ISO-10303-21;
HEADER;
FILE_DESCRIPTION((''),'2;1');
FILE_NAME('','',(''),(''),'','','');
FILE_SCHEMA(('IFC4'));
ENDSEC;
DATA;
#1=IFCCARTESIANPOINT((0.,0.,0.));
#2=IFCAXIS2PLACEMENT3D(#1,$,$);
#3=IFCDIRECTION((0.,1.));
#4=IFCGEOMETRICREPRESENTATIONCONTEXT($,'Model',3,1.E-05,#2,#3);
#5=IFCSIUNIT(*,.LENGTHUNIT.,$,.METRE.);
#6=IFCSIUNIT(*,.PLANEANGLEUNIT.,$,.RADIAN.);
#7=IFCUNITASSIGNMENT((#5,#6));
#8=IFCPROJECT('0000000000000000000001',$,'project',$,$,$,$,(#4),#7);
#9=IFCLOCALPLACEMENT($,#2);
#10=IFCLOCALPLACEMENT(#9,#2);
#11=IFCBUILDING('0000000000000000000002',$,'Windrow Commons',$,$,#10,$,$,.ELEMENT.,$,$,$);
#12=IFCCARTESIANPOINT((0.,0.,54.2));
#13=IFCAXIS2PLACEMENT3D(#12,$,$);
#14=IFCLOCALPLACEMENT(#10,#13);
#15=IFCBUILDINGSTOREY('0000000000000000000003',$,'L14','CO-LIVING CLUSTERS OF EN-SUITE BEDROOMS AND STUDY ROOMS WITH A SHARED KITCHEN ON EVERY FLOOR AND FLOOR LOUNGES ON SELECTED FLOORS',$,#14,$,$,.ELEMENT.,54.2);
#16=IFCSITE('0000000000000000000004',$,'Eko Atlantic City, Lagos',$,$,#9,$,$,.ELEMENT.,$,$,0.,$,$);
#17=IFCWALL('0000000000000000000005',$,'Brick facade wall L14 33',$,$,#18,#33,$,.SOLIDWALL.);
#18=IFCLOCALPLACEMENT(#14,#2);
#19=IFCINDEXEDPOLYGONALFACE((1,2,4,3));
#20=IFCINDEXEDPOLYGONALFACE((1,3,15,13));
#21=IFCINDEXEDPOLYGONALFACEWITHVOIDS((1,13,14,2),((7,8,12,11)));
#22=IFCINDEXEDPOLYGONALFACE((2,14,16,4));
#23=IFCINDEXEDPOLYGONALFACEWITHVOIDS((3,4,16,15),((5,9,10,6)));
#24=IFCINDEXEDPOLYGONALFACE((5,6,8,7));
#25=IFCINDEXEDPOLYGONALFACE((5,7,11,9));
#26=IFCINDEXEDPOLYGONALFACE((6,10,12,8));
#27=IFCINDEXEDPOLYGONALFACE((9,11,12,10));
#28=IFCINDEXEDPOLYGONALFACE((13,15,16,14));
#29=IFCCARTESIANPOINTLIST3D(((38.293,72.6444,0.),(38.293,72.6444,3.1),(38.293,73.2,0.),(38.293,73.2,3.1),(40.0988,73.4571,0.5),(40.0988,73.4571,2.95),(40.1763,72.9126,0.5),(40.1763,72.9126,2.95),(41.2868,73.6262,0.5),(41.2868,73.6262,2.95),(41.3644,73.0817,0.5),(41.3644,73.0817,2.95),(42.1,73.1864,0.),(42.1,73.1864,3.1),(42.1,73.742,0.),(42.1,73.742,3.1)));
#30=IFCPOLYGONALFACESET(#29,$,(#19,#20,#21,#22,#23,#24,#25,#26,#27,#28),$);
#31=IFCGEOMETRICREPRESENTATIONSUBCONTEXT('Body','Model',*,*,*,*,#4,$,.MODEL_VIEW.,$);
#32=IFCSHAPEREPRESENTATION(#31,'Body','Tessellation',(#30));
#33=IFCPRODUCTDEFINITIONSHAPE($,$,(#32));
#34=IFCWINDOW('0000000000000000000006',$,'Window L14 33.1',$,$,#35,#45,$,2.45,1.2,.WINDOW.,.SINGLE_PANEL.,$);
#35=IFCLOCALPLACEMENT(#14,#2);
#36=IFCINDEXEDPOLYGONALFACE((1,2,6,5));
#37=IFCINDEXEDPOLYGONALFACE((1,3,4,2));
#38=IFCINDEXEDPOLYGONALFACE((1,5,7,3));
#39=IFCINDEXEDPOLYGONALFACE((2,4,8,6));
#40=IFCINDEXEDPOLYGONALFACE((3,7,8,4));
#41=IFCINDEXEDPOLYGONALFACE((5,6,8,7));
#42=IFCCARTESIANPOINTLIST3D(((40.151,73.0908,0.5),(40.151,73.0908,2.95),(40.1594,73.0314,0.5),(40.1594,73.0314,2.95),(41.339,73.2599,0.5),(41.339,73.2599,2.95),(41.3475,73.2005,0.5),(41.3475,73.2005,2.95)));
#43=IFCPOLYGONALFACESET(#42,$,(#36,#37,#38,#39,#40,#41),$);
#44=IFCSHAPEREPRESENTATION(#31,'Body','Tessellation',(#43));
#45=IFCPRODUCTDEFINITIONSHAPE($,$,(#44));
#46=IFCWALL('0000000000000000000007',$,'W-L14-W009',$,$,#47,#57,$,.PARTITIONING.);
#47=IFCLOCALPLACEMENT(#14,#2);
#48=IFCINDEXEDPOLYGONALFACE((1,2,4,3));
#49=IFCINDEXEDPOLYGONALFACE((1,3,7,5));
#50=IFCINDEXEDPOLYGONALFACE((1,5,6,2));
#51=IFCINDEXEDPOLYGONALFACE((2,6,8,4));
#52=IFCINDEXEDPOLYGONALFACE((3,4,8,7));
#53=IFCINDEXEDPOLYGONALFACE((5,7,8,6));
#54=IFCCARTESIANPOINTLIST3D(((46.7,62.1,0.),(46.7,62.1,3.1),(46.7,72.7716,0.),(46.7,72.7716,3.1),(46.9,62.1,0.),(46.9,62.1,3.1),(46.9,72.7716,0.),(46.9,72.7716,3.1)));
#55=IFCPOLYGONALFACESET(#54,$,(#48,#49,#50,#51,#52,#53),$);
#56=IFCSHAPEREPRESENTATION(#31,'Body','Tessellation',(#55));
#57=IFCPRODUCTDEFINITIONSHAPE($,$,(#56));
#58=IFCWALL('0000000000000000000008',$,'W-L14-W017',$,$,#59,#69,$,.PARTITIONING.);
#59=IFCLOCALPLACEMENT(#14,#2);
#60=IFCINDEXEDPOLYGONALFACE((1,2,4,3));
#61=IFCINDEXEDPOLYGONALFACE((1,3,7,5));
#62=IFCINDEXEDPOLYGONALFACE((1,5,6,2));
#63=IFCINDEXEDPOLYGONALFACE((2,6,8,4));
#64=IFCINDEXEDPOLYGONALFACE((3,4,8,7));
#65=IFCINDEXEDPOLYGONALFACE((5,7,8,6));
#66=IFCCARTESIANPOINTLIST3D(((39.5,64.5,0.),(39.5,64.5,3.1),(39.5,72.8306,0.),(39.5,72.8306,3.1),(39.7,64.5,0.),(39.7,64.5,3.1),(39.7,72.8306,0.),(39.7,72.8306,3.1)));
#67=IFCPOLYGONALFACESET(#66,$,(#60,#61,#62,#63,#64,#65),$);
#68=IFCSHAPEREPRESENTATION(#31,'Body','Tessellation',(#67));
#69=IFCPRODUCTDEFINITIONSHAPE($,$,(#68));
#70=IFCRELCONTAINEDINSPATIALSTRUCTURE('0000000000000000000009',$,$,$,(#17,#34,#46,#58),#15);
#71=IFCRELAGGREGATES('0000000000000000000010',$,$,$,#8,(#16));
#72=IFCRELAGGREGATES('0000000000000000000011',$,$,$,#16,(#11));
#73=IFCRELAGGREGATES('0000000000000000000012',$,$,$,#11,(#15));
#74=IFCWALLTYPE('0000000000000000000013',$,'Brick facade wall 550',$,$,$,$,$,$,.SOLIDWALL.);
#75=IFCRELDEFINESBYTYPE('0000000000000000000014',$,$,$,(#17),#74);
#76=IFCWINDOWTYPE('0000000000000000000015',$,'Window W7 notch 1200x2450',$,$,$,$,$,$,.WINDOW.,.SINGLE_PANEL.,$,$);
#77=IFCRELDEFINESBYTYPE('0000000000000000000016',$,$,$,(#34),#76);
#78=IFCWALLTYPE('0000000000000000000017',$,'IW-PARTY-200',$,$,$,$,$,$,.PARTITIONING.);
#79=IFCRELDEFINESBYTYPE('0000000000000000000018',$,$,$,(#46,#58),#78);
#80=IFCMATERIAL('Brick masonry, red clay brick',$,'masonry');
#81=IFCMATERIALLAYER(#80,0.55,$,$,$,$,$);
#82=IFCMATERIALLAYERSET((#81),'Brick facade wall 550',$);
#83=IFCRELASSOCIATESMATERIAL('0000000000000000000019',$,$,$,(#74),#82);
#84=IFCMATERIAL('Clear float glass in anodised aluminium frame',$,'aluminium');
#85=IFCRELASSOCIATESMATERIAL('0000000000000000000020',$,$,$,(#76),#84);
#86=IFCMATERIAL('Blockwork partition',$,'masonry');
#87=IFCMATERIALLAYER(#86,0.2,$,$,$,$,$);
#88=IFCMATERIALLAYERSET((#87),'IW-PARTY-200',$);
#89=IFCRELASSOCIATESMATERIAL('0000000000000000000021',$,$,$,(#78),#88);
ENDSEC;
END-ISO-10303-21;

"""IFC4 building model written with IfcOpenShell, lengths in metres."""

from ifc_helpers import new_model, si_unit, direction, frame, frame_2d, origin, place, context, subcontext, project, spatial, polyline, rectangle, outline, extrude, material, layer, layer_set, type_object, element, fill, save


model = new_model("IFC4")

# Units and contexts
model_context = context("Model", 3, precision=1e-05, world=origin(), true_north=direction((0.0, 1.0)))
body_context = subcontext(model_context, "Body", "Model", "MODEL_VIEW")
ifc_project = project(units=[si_unit("LENGTHUNIT", "METRE"), si_unit("PLANEANGLEUNIT", "RADIAN")], contexts=[model_context])

# Site, building, storey
site_placement = place(None, origin())
site = spatial("IfcSite", under=ifc_project, at=site_placement, Name="Eko Atlantic City, Lagos", CompositionType="ELEMENT", RefElevation=0.0)
building_placement = place(site_placement, origin())
building = spatial("IfcBuilding", under=site, at=building_placement, Name="Windrow Commons", CompositionType="ELEMENT")
storey_placement = place(building_placement, frame((0.0, 0.0, 54.2)))
storey = spatial("IfcBuildingStorey", under=building, at=storey_placement, Name="L14", Description="CO-LIVING CLUSTERS OF EN-SUITE BEDROOMS AND STUDY ROOMS WITH A SHARED KITCHEN ON EVERY FLOOR AND FLOOR LOUNGES ON SELECTED FLOORS", CompositionType="ELEMENT", Elevation=54.2)

# Wall, opening, window
ifc_material_1 = material(Name="Brick masonry, red clay brick", Category="masonry")
ifc_layer_1 = layer(ifc_material_1, 0.55)
ifc_layer_set_1 = layer_set([ifc_layer_1], Name="Brick facade wall 550")
wall_type_1 = type_object("IfcWallType", Name="Brick facade wall 550", PredefinedType="SOLIDWALL", material=ifc_layer_set_1)
ifc_material_2 = material(Name="Clear float glass in anodised aluminium frame", Category="aluminium")
window_type = type_object("IfcWindowType", Name="Window W7 notch 1200x2450", PartitioningType="SINGLE_PANEL", PredefinedType="WINDOW", material=ifc_material_2)
wall_1_placement = place(storey_placement, frame((42.1, 73.4642, 0.0), z_axis=(0.0, 0.0, 1.0), x_axis=(-0.990017, -0.140948, 0.0)))
wall_1 = element("IfcWall", 1, at=wall_1_placement, inside=storey, type_object=wall_type_1, Name="Brick facade wall L14 33", PredefinedType="SOLIDWALL", context=body_context, shape_type="SweptSolid", body=[
    extrude(outline(polyline([(-0.0392, -0.275), (3.8062, -0.275), (3.8845, 0.275), (0.0392, 0.275), (-0.0392, -0.275)])), origin(), (0.0, 0.0, 1.0), 3.1),
])
opening_1_placement = place(wall_1_placement, frame((0.7822, 0.0, 0.5)))
opening_1 = element("IfcOpeningElement", 2, at=opening_1_placement, cuts=wall_1, PredefinedType="OPENING", context=body_context, shape_type="SweptSolid", body=[
    extrude(rectangle(XDim=1.2, YDim=2.45, at=frame_2d((0.6, 1.225))), frame((0.0, 0.285, 0.0), z_axis=(0.0, -1.0, 0.0), x_axis=(1.0, 0.0, 0.0)), (0.0, 0.0, 1.0), 0.57),
])
window_1_placement = place(opening_1_placement, origin())
window_1 = element("IfcWindow", 3, at=window_1_placement, inside=storey, type_object=window_type, Name="Window L14 33.1", OverallHeight=2.45, OverallWidth=1.2, PartitioningType="SINGLE_PANEL", PredefinedType="WINDOW", context=body_context, shape_type="SweptSolid", body=[
    extrude(rectangle(XDim=1.2, YDim=2.45, at=frame_2d((0.6, 1.225))), frame((0.0, 0.155, 0.0), z_axis=(0.0, -1.0, 0.0), x_axis=(1.0, 0.0, 0.0)), (0.0, 0.0, 1.0), 0.06),
])
fill(opening_1, window_1)

# Walls
ifc_material_3 = material(Name="Blockwork partition", Category="masonry")
ifc_layer_2 = layer(ifc_material_3, 0.2)
ifc_layer_set_2 = layer_set([ifc_layer_2], Name="IW-PARTY-200")
wall_type_2 = type_object("IfcWallType", Name="IW-PARTY-200", PredefinedType="PARTITIONING", material=ifc_layer_set_2)
wall_2_placement = place(storey_placement, frame((46.8, 62.1, 0.0), z_axis=(0.0, 0.0, 1.0), x_axis=(0.0, 1.0, 0.0)))
element("IfcWall", 4, at=wall_2_placement, inside=storey, type_object=wall_type_2, Name="W-L14-W009", PredefinedType="PARTITIONING", context=body_context, shape_type="SweptSolid", body=[
    extrude(rectangle(XDim=10.6716, YDim=0.2, at=frame_2d((5.3358, 0.0))), origin(), (0.0, 0.0, 1.0), 3.1),
])
wall_3_placement = place(storey_placement, frame((39.6, 64.5, 0.0), z_axis=(0.0, 0.0, 1.0), x_axis=(0.0, 1.0, 0.0)))
element("IfcWall", 5, at=wall_3_placement, inside=storey, type_object=wall_type_2, Name="W-L14-W017", PredefinedType="PARTITIONING", context=body_context, shape_type="SweptSolid", body=[
    extrude(rectangle(XDim=8.3305, YDim=0.2, at=frame_2d((4.1653, 0.0))), origin(), (0.0, 0.0, 1.0), 3.1),
])

save(model, "model.ifc")
